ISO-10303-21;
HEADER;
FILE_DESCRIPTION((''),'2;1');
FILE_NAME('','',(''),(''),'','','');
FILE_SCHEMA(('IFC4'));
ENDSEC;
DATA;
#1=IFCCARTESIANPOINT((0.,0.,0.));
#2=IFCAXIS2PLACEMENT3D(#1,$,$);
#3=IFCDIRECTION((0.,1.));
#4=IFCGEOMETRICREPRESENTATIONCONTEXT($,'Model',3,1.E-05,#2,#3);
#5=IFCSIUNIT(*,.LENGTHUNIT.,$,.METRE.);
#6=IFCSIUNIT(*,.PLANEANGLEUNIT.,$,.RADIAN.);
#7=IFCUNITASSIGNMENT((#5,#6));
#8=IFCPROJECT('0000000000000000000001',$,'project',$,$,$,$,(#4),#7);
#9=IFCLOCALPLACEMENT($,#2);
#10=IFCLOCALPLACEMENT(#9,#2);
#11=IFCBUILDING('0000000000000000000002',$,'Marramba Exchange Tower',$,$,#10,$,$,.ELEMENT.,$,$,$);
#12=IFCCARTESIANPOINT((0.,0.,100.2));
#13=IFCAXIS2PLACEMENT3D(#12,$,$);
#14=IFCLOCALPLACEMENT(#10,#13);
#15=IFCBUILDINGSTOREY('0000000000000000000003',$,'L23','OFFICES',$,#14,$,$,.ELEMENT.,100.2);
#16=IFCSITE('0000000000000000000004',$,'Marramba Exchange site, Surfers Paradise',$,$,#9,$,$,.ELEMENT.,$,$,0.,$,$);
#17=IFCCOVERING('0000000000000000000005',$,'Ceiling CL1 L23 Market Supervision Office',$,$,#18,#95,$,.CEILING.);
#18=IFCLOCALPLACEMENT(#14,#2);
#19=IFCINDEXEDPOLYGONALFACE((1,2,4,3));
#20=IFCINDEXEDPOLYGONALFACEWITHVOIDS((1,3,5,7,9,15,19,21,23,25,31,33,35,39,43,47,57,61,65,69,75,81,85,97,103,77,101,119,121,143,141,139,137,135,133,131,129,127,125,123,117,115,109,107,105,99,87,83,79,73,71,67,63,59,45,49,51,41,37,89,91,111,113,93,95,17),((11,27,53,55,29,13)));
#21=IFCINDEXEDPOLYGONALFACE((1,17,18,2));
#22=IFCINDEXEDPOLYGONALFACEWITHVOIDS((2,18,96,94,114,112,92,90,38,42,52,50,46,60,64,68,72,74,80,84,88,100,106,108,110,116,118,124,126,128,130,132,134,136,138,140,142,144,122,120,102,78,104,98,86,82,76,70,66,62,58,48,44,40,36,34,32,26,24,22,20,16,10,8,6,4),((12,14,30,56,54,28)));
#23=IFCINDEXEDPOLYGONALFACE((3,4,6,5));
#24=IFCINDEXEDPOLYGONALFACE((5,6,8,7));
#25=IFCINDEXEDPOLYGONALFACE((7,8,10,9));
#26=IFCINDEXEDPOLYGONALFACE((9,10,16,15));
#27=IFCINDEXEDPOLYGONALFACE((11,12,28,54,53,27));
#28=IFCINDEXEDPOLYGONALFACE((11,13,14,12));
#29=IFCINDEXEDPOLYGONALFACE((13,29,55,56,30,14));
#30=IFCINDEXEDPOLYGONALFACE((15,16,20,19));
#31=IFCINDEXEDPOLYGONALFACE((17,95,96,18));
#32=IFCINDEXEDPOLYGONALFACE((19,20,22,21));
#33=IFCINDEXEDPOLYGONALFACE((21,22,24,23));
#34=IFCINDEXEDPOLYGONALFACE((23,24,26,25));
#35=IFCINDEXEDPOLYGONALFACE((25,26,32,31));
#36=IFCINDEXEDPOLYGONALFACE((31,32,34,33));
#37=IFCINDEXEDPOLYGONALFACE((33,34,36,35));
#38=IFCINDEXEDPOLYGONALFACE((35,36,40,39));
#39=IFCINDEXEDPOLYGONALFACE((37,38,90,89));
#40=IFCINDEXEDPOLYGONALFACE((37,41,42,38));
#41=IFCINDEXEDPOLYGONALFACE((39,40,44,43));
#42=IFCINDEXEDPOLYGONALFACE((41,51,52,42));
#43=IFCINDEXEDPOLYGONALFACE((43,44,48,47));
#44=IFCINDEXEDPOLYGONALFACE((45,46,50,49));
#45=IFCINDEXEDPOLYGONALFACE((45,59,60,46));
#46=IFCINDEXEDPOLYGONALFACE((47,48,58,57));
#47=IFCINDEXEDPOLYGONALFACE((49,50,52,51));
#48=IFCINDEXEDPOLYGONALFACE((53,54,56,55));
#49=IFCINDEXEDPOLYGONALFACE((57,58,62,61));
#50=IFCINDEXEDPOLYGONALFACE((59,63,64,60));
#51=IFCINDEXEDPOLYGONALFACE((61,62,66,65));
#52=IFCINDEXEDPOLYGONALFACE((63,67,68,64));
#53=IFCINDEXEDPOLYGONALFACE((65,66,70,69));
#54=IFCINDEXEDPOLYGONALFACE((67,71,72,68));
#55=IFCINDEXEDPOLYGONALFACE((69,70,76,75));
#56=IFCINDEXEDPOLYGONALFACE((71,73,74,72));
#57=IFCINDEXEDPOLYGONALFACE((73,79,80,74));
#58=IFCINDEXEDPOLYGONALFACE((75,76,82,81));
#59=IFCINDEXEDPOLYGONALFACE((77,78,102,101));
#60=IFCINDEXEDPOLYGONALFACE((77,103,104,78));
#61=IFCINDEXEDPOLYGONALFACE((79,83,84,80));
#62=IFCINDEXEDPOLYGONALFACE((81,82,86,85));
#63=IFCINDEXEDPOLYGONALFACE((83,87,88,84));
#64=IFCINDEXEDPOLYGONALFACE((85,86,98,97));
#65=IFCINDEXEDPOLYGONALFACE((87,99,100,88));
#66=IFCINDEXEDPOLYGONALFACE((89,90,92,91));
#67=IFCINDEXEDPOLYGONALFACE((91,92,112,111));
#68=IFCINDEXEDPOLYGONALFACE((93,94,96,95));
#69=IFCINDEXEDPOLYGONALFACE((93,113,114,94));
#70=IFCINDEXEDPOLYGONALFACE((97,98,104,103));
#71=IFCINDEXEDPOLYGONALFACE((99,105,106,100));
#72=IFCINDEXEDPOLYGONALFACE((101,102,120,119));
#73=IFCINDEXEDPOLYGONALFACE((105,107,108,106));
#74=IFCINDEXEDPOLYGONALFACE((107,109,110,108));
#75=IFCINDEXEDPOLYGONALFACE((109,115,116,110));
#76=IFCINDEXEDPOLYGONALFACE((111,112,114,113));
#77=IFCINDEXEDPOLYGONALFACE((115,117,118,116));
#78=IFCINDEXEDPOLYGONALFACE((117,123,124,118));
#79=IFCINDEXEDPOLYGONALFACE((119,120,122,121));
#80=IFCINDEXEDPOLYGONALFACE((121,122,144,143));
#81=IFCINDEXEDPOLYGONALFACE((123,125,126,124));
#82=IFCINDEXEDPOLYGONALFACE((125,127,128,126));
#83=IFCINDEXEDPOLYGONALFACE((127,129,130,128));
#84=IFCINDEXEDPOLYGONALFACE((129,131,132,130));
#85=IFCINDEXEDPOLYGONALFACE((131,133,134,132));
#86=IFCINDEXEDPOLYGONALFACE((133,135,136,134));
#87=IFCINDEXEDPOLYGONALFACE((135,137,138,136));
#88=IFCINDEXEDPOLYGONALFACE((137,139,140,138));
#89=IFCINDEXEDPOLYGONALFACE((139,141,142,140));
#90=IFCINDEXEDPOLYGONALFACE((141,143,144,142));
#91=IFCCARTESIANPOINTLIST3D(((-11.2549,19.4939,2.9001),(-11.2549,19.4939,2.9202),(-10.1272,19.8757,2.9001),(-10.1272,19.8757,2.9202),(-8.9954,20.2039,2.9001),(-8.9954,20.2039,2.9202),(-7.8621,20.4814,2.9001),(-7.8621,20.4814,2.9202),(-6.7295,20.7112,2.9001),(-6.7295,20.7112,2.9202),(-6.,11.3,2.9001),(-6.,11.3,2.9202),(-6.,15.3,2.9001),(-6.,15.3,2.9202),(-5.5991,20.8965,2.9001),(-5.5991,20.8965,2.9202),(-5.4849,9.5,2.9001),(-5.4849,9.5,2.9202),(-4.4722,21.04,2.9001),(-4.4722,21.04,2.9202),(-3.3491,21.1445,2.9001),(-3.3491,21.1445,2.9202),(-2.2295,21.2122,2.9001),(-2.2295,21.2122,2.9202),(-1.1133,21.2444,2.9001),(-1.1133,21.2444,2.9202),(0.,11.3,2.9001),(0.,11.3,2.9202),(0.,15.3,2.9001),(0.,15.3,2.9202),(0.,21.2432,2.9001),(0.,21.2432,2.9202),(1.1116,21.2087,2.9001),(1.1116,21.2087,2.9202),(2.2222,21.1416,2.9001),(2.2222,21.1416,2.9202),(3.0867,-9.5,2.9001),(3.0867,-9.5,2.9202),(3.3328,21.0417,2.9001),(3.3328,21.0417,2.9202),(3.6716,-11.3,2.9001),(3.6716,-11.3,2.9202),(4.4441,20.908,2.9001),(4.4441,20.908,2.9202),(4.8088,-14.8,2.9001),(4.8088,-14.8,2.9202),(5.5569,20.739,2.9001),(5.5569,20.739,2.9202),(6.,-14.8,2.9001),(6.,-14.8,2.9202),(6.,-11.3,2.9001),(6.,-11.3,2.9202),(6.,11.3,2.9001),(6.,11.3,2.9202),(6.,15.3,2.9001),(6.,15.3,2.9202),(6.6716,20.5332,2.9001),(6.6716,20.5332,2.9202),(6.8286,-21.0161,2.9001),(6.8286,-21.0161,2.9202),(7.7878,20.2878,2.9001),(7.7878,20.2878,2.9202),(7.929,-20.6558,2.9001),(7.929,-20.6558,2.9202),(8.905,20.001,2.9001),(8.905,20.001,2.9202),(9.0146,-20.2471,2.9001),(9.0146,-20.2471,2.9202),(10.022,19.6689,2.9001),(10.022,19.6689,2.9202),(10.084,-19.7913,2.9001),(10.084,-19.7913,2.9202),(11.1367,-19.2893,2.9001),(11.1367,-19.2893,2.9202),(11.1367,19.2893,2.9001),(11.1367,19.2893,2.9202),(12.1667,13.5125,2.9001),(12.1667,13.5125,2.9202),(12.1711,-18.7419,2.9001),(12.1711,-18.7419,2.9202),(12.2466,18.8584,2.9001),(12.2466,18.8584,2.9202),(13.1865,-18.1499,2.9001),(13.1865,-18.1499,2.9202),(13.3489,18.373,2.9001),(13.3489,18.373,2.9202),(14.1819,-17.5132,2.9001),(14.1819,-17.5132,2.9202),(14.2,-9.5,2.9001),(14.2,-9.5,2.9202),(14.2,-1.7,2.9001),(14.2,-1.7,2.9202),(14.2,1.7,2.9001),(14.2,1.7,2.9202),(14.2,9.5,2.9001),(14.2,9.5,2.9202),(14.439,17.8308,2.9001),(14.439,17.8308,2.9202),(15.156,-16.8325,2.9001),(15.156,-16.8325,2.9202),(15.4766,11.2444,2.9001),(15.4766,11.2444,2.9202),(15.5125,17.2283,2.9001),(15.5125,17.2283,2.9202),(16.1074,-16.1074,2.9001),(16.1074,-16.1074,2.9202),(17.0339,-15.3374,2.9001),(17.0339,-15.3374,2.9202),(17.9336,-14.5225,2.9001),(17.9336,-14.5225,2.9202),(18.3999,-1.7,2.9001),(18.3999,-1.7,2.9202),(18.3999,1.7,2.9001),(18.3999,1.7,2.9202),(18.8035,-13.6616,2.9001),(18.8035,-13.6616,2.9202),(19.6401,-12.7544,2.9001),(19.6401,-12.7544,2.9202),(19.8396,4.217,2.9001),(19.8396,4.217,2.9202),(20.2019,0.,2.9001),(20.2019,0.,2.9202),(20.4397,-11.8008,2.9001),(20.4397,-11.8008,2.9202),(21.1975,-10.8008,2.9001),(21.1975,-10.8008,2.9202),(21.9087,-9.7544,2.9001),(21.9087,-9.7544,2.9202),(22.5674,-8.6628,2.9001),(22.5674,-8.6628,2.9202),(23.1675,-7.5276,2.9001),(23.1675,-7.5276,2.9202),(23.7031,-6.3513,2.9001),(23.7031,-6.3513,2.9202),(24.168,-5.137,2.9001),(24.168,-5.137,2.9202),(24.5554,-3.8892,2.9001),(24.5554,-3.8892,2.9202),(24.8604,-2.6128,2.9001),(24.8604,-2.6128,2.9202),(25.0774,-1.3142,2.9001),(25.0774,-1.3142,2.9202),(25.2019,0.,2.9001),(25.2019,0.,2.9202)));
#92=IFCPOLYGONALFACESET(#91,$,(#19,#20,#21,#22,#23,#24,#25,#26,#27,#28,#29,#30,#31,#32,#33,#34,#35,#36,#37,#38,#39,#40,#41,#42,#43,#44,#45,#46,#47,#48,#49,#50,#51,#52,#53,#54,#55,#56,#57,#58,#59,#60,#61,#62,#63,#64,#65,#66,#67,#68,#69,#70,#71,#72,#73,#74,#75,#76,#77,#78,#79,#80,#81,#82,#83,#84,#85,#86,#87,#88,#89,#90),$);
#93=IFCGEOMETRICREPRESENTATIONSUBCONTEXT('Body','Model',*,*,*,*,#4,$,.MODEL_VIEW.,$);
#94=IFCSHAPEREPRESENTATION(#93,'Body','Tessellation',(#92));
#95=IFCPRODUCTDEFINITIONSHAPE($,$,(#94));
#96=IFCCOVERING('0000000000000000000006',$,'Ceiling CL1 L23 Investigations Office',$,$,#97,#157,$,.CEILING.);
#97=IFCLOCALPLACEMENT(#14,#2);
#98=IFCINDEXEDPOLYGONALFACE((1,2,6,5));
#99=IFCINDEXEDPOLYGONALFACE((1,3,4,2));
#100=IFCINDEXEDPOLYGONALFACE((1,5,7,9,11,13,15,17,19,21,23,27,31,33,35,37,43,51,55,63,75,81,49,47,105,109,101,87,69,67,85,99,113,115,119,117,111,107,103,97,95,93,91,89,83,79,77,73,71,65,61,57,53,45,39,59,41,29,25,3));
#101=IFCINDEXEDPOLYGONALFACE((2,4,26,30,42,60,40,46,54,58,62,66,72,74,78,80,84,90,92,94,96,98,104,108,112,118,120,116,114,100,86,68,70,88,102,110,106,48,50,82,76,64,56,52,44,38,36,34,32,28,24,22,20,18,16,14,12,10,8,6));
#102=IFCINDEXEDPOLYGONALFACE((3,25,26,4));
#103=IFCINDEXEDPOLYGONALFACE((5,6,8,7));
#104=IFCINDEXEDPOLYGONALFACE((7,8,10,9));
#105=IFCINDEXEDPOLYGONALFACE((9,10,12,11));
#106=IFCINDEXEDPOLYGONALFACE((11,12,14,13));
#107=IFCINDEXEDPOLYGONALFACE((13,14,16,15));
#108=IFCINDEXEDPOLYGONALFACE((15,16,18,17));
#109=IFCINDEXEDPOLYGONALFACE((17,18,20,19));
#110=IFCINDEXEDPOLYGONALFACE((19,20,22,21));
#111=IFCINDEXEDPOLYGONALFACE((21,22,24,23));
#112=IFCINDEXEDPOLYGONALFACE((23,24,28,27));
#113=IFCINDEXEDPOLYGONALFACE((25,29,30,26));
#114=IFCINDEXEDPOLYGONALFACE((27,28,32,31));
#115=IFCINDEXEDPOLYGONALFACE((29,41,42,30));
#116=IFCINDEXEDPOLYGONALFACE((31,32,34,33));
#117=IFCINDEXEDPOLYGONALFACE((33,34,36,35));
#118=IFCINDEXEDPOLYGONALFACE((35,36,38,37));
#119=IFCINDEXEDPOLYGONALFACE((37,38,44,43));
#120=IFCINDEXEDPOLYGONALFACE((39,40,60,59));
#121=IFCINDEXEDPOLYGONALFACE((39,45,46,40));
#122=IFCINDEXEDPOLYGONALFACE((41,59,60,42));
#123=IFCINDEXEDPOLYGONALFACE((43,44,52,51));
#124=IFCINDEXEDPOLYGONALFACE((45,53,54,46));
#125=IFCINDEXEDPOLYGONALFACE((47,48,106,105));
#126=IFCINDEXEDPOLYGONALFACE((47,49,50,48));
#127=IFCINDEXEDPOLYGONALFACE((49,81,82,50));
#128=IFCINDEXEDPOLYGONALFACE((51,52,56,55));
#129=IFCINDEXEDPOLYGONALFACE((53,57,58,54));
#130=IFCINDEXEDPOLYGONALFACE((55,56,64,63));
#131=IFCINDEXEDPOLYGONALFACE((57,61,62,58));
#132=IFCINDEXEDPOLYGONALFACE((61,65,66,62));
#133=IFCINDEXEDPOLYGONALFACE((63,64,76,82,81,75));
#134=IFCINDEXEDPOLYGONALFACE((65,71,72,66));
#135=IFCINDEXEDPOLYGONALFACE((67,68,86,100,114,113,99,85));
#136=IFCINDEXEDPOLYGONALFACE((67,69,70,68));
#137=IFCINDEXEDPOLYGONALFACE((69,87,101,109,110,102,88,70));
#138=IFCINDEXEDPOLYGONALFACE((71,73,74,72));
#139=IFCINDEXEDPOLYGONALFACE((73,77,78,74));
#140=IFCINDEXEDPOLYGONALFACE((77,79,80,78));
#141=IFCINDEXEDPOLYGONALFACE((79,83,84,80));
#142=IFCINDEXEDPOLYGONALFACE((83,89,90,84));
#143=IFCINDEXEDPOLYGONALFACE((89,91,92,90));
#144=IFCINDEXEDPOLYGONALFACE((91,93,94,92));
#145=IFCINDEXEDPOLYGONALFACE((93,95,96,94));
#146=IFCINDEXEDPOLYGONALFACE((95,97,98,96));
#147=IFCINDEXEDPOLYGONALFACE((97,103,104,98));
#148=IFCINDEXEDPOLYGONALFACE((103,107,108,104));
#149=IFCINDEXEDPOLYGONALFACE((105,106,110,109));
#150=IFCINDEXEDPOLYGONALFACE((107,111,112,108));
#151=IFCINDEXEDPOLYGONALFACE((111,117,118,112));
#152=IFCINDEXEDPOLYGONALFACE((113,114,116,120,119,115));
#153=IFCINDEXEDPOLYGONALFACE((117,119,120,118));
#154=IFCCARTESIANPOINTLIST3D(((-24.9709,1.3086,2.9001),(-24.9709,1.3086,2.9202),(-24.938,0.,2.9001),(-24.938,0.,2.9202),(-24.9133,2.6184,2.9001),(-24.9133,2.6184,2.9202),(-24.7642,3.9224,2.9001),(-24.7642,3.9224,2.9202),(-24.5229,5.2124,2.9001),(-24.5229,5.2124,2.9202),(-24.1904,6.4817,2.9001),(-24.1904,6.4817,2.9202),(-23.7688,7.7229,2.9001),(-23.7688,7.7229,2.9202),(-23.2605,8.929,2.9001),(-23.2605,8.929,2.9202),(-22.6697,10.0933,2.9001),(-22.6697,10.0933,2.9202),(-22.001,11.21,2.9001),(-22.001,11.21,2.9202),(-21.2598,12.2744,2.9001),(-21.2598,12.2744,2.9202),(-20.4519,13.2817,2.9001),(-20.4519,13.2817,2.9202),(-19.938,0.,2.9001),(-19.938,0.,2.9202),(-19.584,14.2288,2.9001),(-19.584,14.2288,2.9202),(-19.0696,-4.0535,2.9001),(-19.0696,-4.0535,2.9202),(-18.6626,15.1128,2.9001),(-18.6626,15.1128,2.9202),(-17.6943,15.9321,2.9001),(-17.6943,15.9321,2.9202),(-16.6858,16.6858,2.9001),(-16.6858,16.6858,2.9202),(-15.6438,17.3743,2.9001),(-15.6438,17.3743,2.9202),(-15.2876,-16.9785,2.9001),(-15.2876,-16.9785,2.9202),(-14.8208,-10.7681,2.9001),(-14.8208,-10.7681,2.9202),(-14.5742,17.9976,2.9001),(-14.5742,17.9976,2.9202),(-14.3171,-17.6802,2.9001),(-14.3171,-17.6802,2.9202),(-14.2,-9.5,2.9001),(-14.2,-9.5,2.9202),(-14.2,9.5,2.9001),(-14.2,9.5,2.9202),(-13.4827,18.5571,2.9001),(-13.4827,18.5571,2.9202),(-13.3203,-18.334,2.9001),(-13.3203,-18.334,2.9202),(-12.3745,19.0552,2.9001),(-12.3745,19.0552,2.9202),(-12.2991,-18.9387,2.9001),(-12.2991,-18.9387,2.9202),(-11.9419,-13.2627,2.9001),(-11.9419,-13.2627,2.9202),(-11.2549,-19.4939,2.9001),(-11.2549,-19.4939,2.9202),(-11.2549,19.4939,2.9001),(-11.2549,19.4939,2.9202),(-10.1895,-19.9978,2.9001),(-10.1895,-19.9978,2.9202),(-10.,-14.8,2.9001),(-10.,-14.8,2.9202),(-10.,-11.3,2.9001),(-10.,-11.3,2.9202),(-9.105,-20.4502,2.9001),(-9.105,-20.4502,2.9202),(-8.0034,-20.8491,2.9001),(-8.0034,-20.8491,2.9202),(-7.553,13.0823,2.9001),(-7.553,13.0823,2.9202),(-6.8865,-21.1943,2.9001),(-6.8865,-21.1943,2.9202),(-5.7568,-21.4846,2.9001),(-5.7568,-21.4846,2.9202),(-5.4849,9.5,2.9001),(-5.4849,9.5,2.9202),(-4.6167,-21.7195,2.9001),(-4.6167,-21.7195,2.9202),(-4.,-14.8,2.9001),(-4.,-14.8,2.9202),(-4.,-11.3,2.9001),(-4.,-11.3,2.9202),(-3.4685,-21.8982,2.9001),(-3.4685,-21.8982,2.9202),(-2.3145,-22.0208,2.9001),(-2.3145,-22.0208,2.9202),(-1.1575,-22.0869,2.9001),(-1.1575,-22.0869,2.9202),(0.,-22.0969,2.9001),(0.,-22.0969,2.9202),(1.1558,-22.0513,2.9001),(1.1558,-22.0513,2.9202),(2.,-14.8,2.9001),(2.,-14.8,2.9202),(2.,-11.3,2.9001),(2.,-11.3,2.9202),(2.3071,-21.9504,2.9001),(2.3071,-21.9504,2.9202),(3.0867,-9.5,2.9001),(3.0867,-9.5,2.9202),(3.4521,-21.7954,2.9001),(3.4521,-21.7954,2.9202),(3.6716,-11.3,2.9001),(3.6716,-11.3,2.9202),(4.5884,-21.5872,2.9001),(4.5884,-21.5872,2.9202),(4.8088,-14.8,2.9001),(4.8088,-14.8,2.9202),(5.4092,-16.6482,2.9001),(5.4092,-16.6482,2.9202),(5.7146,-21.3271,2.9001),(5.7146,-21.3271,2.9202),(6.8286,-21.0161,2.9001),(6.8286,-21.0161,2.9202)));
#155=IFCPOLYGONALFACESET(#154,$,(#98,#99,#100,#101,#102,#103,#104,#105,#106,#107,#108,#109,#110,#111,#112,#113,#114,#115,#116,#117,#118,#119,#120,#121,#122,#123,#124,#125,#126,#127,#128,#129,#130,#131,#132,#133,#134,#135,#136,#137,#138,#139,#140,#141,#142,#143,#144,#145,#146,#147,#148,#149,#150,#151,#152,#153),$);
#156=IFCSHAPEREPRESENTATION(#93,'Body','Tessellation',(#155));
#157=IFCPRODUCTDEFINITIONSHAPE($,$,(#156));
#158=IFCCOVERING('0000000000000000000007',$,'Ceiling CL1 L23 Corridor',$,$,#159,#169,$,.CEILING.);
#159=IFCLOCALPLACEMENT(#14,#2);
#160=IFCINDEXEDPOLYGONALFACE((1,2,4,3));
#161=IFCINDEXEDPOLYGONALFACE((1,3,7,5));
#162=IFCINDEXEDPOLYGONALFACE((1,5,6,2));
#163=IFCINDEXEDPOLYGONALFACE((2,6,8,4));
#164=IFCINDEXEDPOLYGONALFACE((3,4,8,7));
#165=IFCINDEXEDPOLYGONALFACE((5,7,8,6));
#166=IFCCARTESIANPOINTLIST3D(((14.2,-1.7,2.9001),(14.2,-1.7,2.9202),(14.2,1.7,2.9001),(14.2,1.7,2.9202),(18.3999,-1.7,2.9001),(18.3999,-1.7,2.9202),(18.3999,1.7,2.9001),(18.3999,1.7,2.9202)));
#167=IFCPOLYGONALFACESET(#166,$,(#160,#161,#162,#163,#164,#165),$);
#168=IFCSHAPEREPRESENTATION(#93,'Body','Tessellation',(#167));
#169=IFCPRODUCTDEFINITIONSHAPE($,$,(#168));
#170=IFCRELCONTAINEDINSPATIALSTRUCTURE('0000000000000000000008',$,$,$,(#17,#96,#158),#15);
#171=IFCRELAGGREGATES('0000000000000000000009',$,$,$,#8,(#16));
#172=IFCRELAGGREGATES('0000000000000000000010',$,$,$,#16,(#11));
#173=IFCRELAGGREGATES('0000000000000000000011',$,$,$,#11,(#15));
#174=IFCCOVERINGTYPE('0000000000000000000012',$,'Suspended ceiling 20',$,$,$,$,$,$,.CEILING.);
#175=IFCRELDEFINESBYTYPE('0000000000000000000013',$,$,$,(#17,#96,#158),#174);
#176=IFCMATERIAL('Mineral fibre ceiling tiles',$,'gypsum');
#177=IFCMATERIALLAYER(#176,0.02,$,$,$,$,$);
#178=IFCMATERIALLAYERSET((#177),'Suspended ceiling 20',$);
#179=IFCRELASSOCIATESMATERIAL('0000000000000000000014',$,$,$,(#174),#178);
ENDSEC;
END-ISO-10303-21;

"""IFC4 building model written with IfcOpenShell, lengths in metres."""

from ifc_helpers import new_model, si_unit, direction, frame, origin, place, context, subcontext, project, spatial, polyline, outline, extrude, material, layer, layer_set, type_object, element, save


model = new_model("IFC4")

# Units and contexts
model_context = context("Model", 3, precision=1e-05, world=origin(), true_north=direction((0.0, 1.0)))
body_context = subcontext(model_context, "Body", "Model", "MODEL_VIEW")
ifc_project = project(units=[si_unit("LENGTHUNIT", "METRE"), si_unit("PLANEANGLEUNIT", "RADIAN")], contexts=[model_context])

# Site, building, storey
site_placement = place(None, origin())
site = spatial("IfcSite", under=ifc_project, at=site_placement, Name="Marramba Exchange site, Surfers Paradise", CompositionType="ELEMENT", RefElevation=0.0)
building_placement = place(site_placement, origin())
building = spatial("IfcBuilding", under=site, at=building_placement, Name="Marramba Exchange Tower", CompositionType="ELEMENT")
storey_placement = place(building_placement, frame((0.0, 0.0, 100.2)))
storey = spatial("IfcBuildingStorey", under=building, at=storey_placement, Name="L23", Description="OFFICES", CompositionType="ELEMENT", Elevation=100.2)

# Coverings
ifc_material_1 = material(Name="Mineral fibre ceiling tiles", Category="gypsum")
ifc_layer_1 = layer(ifc_material_1, 0.02)
ifc_layer_set_1 = layer_set([ifc_layer_1], Name="Suspended ceiling 20")
covering_type = type_object("IfcCoveringType", Name="Suspended ceiling 20", PredefinedType="CEILING", material=ifc_layer_set_1)
covering_1_placement = place(storey_placement, frame((0.0, 0.0, 2.9001)))
element("IfcCovering", 1, at=covering_1_placement, inside=storey, type_object=covering_type, Name="Ceiling CL1 L23 Market Supervision Office", PredefinedType="CEILING", context=body_context, shape_type="SweptSolid", body=[
    extrude(outline(polyline([(14.2, -1.7), (18.3999, -1.7), (18.3999, 1.7), (14.2, 1.7), (14.2, 9.5), (-5.4849, 9.5), (-11.2549, 19.4939), (-10.1272, 19.8757), (-8.9954, 20.2039), (-7.8621, 20.4814), (-6.7295, 20.7112), (-5.5991, 20.8965), (-4.4722, 21.04), (-3.3491, 21.1445), (-2.2295, 21.2122), (-1.1133, 21.2444), (0.0, 21.2432), (1.1116, 21.2087), (2.2222, 21.1416), (3.3328, 21.0417), (4.4441, 20.908), (5.5569, 20.739), (6.6716, 20.5332), (7.7878, 20.2878), (8.905, 20.001), (10.022, 19.6689), (11.1367, 19.2893), (12.2466, 18.8584), (13.3489, 18.373), (14.439, 17.8308), (15.5125, 17.2283), (12.1667, 13.5125), (15.4766, 11.2444), (19.8396, 4.217), (20.2019, 0.0), (25.2019, 0.0), (25.0774, -1.3142), (24.8604, -2.6128), (24.5554, -3.8892), (24.168, -5.137), (23.7031, -6.3513), (23.1675, -7.5276), (22.5674, -8.6628), (21.9087, -9.7544), (21.1975, -10.8008), (20.4397, -11.8008), (19.6401, -12.7544), (18.8035, -13.6616), (17.9336, -14.5225), (17.0339, -15.3374), (16.1074, -16.1074), (15.156, -16.8325), (14.1819, -17.5132), (13.1865, -18.1499), (12.1711, -18.7419), (11.1367, -19.2893), (10.084, -19.7913), (9.0146, -20.2471), (7.929, -20.6558), (6.8286, -21.0161), (4.8088, -14.8), (6.0, -14.8), (6.0, -11.3), (3.6716, -11.3), (3.0867, -9.5), (14.2, -9.5), (14.2, -1.7)]), holes=[polyline([(-6.0, 11.3), (0.0, 11.3), (6.0, 11.3), (6.0, 15.3), (0.0, 15.3), (-6.0, 15.3), (-6.0, 11.3)])]), origin(), (0.0, 0.0, 1.0), 0.02),
])
covering_2_placement = place(storey_placement, frame((0.0, 0.0, 2.9001)))
element("IfcCovering", 2, at=covering_2_placement, inside=storey, type_object=covering_type, Name="Ceiling CL1 L23 Investigations Office", PredefinedType="CEILING", context=body_context, shape_type="SweptSolid", body=[
    extrude(outline(polyline([(-14.2, -9.5), (3.0867, -9.5), (3.6716, -11.3), (2.0, -11.3), (-4.0, -11.3), (-10.0, -11.3), (-10.0, -14.8), (-4.0, -14.8), (2.0, -14.8), (4.8088, -14.8), (5.4092, -16.6482), (6.8286, -21.0161), (5.7146, -21.3271), (4.5884, -21.5872), (3.4521, -21.7954), (2.3071, -21.9504), (1.1558, -22.0513), (0.0, -22.0969), (-1.1575, -22.0869), (-2.3145, -22.0208), (-3.4685, -21.8982), (-4.6167, -21.7195), (-5.7568, -21.4846), (-6.8865, -21.1943), (-8.0034, -20.8491), (-9.105, -20.4502), (-10.1895, -19.9978), (-11.2549, -19.4939), (-12.2991, -18.9387), (-13.3203, -18.334), (-14.3171, -17.6802), (-15.2876, -16.9785), (-11.9419, -13.2627), (-14.8208, -10.7681), (-19.0696, -4.0535), (-19.938, 0.0), (-24.938, 0.0), (-24.9709, 1.3086), (-24.9133, 2.6184), (-24.7642, 3.9224), (-24.5229, 5.2124), (-24.1904, 6.4817), (-23.7688, 7.7229), (-23.2605, 8.929), (-22.6697, 10.0933), (-22.001, 11.21), (-21.2598, 12.2744), (-20.4519, 13.2817), (-19.584, 14.2288), (-18.6626, 15.1128), (-17.6943, 15.9321), (-16.6858, 16.6858), (-15.6438, 17.3743), (-14.5742, 17.9976), (-13.4827, 18.5571), (-12.3745, 19.0552), (-11.2549, 19.4939), (-7.553, 13.0823), (-5.4849, 9.5), (-14.2, 9.5), (-14.2, -9.5)])), origin(), (0.0, 0.0, 1.0), 0.02),
])
covering_3_placement = place(storey_placement, frame((0.0, 0.0, 2.9001)))
element("IfcCovering", 3, at=covering_3_placement, inside=storey, type_object=covering_type, Name="Ceiling CL1 L23 Corridor", PredefinedType="CEILING", context=body_context, shape_type="SweptSolid", body=[
    extrude(outline(polyline([(14.2, -1.7), (14.2, 1.7), (18.3999, 1.7), (18.3999, -1.7), (14.2, -1.7)])), origin(), (0.0, 0.0, 1.0), 0.02),
])

save(model, "model.ifc")
